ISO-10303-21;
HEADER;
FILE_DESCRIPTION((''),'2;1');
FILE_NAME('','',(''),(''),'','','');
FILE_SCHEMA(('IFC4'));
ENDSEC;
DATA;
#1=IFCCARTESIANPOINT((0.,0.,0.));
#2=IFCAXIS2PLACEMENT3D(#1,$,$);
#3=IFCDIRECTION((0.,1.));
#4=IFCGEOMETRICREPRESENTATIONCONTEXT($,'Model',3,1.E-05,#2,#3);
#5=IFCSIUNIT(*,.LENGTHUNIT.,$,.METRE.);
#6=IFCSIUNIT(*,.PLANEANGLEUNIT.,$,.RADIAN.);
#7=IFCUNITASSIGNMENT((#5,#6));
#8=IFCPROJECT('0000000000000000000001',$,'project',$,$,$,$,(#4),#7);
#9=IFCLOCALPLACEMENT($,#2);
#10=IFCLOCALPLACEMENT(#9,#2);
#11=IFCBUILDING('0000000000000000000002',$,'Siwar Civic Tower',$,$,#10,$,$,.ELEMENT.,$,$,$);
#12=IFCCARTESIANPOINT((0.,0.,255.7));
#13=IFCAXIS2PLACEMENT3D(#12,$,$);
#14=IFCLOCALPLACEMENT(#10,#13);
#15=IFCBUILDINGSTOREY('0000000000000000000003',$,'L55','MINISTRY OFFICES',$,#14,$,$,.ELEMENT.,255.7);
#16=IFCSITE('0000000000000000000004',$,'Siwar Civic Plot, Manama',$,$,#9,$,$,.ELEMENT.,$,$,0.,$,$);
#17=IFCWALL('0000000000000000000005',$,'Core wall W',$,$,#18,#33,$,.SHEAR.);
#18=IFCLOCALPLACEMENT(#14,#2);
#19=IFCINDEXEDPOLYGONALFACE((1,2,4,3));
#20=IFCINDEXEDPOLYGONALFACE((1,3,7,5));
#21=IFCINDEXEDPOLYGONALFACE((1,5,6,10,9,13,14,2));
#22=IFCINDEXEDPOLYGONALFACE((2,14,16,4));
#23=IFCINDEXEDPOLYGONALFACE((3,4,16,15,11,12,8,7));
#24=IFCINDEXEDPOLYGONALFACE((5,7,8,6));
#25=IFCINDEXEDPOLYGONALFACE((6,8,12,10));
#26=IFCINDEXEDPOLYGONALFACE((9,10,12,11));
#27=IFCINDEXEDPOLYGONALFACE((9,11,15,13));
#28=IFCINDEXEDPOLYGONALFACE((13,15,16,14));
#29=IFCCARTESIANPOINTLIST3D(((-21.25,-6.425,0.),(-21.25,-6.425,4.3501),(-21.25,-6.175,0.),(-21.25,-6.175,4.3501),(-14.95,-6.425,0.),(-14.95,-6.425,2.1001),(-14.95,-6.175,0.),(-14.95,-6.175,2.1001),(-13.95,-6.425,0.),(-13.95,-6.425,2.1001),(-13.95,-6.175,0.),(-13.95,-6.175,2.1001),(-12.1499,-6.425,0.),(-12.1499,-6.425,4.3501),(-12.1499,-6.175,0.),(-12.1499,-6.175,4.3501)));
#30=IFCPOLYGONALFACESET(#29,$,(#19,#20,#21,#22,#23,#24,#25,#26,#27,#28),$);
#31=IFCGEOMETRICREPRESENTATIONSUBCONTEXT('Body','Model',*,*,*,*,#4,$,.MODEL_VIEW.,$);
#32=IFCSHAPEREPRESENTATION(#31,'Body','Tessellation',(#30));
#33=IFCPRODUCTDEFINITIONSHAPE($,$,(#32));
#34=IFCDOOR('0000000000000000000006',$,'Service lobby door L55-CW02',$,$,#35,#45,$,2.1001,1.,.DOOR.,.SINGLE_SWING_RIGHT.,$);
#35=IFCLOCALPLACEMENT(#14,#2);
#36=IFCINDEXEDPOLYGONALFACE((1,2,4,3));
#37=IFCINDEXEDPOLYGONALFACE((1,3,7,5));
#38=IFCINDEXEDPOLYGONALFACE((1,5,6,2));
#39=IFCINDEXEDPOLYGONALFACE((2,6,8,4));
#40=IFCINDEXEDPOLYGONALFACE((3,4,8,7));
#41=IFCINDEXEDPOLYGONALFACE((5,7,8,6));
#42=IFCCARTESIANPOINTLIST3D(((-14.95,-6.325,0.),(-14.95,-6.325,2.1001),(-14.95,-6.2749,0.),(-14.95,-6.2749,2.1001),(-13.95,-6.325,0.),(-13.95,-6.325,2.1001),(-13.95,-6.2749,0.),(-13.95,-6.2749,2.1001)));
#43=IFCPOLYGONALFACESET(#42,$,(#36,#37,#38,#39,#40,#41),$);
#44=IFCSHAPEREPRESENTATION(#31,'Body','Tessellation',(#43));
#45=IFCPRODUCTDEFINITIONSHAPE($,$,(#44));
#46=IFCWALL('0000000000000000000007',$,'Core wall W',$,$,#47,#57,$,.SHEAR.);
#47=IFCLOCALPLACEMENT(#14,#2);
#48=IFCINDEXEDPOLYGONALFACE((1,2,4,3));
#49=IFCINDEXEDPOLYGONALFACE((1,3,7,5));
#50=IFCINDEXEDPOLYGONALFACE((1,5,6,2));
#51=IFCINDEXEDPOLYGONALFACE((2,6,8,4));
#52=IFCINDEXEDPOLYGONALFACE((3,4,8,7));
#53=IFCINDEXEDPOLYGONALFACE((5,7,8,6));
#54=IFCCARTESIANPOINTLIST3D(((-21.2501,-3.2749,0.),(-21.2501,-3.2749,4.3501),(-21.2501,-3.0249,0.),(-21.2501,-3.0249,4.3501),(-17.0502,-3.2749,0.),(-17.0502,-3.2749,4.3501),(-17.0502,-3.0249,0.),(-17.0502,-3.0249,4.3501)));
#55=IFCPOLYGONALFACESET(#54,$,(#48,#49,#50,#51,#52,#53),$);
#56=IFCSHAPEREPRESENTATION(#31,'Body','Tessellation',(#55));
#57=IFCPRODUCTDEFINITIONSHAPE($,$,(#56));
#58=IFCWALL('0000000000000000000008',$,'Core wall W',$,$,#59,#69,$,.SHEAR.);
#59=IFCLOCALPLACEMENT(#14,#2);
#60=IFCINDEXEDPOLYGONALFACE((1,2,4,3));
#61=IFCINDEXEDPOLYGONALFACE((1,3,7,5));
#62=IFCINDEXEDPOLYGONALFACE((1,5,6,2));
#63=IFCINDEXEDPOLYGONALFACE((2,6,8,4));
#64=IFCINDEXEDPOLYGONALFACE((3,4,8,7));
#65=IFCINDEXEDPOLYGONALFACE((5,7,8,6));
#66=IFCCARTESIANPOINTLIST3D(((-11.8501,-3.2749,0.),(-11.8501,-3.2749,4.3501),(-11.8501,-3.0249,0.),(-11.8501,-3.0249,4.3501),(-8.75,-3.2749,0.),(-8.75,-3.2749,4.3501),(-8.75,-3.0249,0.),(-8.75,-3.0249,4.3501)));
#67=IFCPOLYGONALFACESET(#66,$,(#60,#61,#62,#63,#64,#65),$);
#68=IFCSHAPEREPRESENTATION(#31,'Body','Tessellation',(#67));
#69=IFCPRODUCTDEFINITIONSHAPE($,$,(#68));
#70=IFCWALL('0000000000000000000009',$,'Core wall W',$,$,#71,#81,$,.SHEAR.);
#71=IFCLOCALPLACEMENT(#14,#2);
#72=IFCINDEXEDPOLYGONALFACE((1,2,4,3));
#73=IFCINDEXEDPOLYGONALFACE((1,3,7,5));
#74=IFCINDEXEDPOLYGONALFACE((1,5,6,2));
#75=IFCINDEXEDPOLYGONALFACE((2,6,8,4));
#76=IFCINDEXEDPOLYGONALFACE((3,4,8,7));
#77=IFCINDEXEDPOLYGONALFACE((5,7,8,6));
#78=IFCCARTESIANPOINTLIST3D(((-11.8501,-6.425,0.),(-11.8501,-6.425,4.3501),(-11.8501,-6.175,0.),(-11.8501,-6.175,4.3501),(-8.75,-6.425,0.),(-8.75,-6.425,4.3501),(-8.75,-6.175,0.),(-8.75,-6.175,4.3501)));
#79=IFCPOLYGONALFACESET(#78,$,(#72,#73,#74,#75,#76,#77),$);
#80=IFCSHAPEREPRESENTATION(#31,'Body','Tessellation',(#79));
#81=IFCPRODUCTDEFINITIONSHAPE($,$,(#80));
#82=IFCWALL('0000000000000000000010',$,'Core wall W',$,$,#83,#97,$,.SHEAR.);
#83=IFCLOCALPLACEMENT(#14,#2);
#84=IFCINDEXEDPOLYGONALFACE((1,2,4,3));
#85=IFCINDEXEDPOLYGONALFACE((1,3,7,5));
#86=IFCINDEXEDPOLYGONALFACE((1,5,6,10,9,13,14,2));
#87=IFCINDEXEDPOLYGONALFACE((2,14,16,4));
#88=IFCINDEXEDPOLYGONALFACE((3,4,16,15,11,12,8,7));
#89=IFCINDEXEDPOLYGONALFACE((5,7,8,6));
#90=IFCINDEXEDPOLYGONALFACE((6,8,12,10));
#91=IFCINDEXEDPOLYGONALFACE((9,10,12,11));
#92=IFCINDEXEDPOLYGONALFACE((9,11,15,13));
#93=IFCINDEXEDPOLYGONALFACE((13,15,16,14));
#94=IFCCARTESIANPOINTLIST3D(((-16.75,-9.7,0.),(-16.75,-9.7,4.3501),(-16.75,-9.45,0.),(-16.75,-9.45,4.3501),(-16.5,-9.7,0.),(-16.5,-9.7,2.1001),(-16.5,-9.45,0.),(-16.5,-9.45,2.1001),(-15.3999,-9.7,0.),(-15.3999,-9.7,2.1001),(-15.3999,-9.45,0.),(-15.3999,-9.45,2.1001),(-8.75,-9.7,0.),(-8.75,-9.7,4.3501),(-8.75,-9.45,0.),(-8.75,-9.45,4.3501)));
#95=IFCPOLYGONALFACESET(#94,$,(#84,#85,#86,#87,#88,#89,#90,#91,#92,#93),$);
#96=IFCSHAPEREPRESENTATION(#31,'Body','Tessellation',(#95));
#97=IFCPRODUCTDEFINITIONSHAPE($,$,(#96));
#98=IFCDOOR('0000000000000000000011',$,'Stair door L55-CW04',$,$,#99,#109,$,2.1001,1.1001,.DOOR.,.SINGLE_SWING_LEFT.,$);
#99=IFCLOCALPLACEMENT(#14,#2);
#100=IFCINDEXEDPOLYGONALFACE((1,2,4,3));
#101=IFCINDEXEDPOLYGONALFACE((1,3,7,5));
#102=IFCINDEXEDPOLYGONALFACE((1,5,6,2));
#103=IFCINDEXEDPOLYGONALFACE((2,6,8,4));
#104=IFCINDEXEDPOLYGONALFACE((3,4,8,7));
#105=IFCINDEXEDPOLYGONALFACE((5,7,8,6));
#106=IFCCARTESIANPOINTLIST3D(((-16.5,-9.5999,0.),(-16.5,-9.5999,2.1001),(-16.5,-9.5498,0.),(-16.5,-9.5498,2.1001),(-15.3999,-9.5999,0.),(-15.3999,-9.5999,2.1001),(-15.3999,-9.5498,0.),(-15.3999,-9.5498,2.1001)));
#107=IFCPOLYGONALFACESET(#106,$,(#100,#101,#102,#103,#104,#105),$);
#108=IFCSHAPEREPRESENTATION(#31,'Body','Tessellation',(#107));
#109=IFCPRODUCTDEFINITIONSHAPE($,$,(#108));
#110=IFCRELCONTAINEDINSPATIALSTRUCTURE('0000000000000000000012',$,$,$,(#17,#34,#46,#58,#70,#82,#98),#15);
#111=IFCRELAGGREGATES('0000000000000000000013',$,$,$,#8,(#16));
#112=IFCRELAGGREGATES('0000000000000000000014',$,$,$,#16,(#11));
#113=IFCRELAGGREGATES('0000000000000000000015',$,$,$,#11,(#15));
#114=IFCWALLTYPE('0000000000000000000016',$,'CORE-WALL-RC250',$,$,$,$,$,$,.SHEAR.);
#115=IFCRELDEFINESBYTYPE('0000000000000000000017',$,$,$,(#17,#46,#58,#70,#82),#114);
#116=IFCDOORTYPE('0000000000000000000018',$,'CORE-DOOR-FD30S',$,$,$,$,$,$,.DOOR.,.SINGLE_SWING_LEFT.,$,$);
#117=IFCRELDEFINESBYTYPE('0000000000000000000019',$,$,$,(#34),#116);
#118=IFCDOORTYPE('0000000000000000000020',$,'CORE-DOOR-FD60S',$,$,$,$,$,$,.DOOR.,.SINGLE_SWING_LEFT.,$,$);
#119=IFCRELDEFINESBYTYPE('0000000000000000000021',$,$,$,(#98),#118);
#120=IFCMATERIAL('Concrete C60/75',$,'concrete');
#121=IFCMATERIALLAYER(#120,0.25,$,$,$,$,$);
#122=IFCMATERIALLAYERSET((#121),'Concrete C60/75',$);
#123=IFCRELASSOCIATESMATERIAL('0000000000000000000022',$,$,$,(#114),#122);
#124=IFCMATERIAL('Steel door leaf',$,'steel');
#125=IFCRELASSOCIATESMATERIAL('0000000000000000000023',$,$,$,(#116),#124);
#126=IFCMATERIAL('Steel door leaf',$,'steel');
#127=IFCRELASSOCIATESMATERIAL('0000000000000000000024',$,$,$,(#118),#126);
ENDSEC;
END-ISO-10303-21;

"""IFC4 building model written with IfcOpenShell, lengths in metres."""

from ifc_helpers import new_model, si_unit, direction, frame, frame_2d, origin, place, context, subcontext, project, spatial, rectangle, extrude, material, layer, layer_set, type_object, element, fill, save


model = new_model("IFC4")

# Units and contexts
model_context = context("Model", 3, precision=1e-05, world=origin(), true_north=direction((0.0, 1.0)))
body_context = subcontext(model_context, "Body", "Model", "MODEL_VIEW")
ifc_project = project(units=[si_unit("LENGTHUNIT", "METRE"), si_unit("PLANEANGLEUNIT", "RADIAN")], contexts=[model_context])

# Site, building, storey
site_placement = place(None, origin())
site = spatial("IfcSite", under=ifc_project, at=site_placement, Name="Siwar Civic Plot, Manama", CompositionType="ELEMENT", RefElevation=0.0)
building_placement = place(site_placement, origin())
building = spatial("IfcBuilding", under=site, at=building_placement, Name="Siwar Civic Tower", CompositionType="ELEMENT")
storey_placement = place(building_placement, frame((0.0, 0.0, 255.7)))
storey = spatial("IfcBuildingStorey", under=building, at=storey_placement, Name="L55", Description="MINISTRY OFFICES", CompositionType="ELEMENT", Elevation=255.7)

# Wall, opening, door
ifc_material_1 = material(Name="Concrete C60/75", Category="concrete")
ifc_layer_1 = layer(ifc_material_1, 0.25)
ifc_layer_set_1 = layer_set([ifc_layer_1], Name="Concrete C60/75")
wall_type_1 = type_object("IfcWallType", Name="CORE-WALL-RC250", PredefinedType="SHEAR", material=ifc_layer_set_1)
wall_1_placement = place(storey_placement, frame((-12.1499, -6.3, 0.0), z_axis=(0.0, 0.0, 1.0), x_axis=(-1.0, 0.0, 0.0)))
wall_1 = element("IfcWall", 1, at=wall_1_placement, inside=storey, type_object=wall_type_1, Name="Core wall W", PredefinedType="SHEAR", context=body_context, shape_type="SweptSolid", body=[
    extrude(rectangle(XDim=9.1001, YDim=0.25, at=frame_2d((4.55, 0.0))), origin(), (0.0, 0.0, 1.0), 4.3501),
])
opening_1_placement = place(wall_1_placement, frame((1.8, 0.0, 0.0)))
opening_1 = element("IfcOpeningElement", 2, at=opening_1_placement, cuts=wall_1, PredefinedType="OPENING", context=body_context, shape_type="SweptSolid", body=[
    extrude(rectangle(XDim=1.0, YDim=2.1001, at=frame_2d((0.5, 1.05))), frame((0.0, 0.135, 0.0), z_axis=(0.0, -1.0, 0.0), x_axis=(1.0, 0.0, 0.0)), (0.0, 0.0, 1.0), 0.27),
])
ifc_material_2 = material(Name="Steel door leaf", Category="steel")
door_type_1 = type_object("IfcDoorType", Name="CORE-DOOR-FD30S", OperationType="SINGLE_SWING_LEFT", PredefinedType="DOOR", material=ifc_material_2)
door_1_placement = place(opening_1_placement, origin())
door_1 = element("IfcDoor", 3, at=door_1_placement, inside=storey, type_object=door_type_1, Name="Service lobby door L55-CW02", OperationType="SINGLE_SWING_RIGHT", OverallHeight=2.1001, OverallWidth=1.0, PredefinedType="DOOR", context=body_context, shape_type="SweptSolid", body=[
    extrude(rectangle(XDim=1.0, YDim=2.1001, at=frame_2d((0.5, 1.05))), frame((0.0, 0.0249, 0.0), z_axis=(0.0, -1.0, 0.0), x_axis=(1.0, 0.0, 0.0)), (0.0, 0.0, 1.0), 0.05),
])
fill(opening_1, door_1)

# Walls
wall_2_placement = place(storey_placement, frame((-17.05, -3.1499, 0.0), z_axis=(0.0, 0.0, 1.0), x_axis=(-1.0, 0.0, 0.0)))
element("IfcWall", 4, at=wall_2_placement, inside=storey, type_object=wall_type_1, Name="Core wall W", PredefinedType="SHEAR", context=body_context, shape_type="SweptSolid", body=[
    extrude(rectangle(XDim=4.2, YDim=0.25, at=frame_2d((2.1001, 0.0))), origin(), (0.0, 0.0, 1.0), 4.3501),
])
for number, where, z_axis, x_axis, name in (
    (5, (-8.75, -3.1499, 0.0), (0.0, 0.0, 1.0), (-1.0, 0.0, 0.0), "Core wall W"),
    (6, (-8.75, -6.3, 0.0), (0.0, 0.0, 1.0), (-1.0, 0.0, 0.0), "Core wall W"),
):
    element("IfcWall", number, at=place(storey_placement, frame(where, z_axis=z_axis, x_axis=x_axis)), inside=storey, type_object=wall_type_1, Name=name, PredefinedType="SHEAR", context=body_context, shape_type="SweptSolid", body=[
        extrude(rectangle(XDim=3.1001, YDim=0.25, at=frame_2d((1.55, 0.0))), origin(), (0.0, 0.0, 1.0), 4.3501),
    ])

# Wall, opening, door
wall_3_placement = place(storey_placement, frame((-8.75, -9.575, 0.0), z_axis=(0.0, 0.0, 1.0), x_axis=(-1.0, 0.0, 0.0)))
wall_3 = element("IfcWall", 7, at=wall_3_placement, inside=storey, type_object=wall_type_1, Name="Core wall W", PredefinedType="SHEAR", context=body_context, shape_type="SweptSolid", body=[
    extrude(rectangle(XDim=8.0, YDim=0.25, at=frame_2d((4.0, 0.0))), origin(), (0.0, 0.0, 1.0), 4.3501),
])
opening_2_placement = place(wall_3_placement, frame((6.6499, 0.0, 0.0)))
opening_2 = element("IfcOpeningElement", 8, at=opening_2_placement, cuts=wall_3, PredefinedType="OPENING", context=body_context, shape_type="SweptSolid", body=[
    extrude(rectangle(XDim=1.1001, YDim=2.1001, at=frame_2d((0.55, 1.05))), frame((0.0, 0.135, 0.0), z_axis=(0.0, -1.0, 0.0), x_axis=(1.0, 0.0, 0.0)), (0.0, 0.0, 1.0), 0.27),
])
ifc_material_3 = material(Name="Steel door leaf", Category="steel")
door_type_2 = type_object("IfcDoorType", Name="CORE-DOOR-FD60S", OperationType="SINGLE_SWING_LEFT", PredefinedType="DOOR", material=ifc_material_3)
door_2_placement = place(opening_2_placement, origin())
door_2 = element("IfcDoor", 9, at=door_2_placement, inside=storey, type_object=door_type_2, Name="Stair door L55-CW04", OperationType="SINGLE_SWING_LEFT", OverallHeight=2.1001, OverallWidth=1.1001, PredefinedType="DOOR", context=body_context, shape_type="SweptSolid", body=[
    extrude(rectangle(XDim=1.1001, YDim=2.1001, at=frame_2d((0.55, 1.05))), frame((0.0, 0.0249, 0.0), z_axis=(0.0, -1.0, 0.0), x_axis=(1.0, 0.0, 0.0)), (0.0, 0.0, 1.0), 0.05),
])
fill(opening_2, door_2)

save(model, "model.ifc")
